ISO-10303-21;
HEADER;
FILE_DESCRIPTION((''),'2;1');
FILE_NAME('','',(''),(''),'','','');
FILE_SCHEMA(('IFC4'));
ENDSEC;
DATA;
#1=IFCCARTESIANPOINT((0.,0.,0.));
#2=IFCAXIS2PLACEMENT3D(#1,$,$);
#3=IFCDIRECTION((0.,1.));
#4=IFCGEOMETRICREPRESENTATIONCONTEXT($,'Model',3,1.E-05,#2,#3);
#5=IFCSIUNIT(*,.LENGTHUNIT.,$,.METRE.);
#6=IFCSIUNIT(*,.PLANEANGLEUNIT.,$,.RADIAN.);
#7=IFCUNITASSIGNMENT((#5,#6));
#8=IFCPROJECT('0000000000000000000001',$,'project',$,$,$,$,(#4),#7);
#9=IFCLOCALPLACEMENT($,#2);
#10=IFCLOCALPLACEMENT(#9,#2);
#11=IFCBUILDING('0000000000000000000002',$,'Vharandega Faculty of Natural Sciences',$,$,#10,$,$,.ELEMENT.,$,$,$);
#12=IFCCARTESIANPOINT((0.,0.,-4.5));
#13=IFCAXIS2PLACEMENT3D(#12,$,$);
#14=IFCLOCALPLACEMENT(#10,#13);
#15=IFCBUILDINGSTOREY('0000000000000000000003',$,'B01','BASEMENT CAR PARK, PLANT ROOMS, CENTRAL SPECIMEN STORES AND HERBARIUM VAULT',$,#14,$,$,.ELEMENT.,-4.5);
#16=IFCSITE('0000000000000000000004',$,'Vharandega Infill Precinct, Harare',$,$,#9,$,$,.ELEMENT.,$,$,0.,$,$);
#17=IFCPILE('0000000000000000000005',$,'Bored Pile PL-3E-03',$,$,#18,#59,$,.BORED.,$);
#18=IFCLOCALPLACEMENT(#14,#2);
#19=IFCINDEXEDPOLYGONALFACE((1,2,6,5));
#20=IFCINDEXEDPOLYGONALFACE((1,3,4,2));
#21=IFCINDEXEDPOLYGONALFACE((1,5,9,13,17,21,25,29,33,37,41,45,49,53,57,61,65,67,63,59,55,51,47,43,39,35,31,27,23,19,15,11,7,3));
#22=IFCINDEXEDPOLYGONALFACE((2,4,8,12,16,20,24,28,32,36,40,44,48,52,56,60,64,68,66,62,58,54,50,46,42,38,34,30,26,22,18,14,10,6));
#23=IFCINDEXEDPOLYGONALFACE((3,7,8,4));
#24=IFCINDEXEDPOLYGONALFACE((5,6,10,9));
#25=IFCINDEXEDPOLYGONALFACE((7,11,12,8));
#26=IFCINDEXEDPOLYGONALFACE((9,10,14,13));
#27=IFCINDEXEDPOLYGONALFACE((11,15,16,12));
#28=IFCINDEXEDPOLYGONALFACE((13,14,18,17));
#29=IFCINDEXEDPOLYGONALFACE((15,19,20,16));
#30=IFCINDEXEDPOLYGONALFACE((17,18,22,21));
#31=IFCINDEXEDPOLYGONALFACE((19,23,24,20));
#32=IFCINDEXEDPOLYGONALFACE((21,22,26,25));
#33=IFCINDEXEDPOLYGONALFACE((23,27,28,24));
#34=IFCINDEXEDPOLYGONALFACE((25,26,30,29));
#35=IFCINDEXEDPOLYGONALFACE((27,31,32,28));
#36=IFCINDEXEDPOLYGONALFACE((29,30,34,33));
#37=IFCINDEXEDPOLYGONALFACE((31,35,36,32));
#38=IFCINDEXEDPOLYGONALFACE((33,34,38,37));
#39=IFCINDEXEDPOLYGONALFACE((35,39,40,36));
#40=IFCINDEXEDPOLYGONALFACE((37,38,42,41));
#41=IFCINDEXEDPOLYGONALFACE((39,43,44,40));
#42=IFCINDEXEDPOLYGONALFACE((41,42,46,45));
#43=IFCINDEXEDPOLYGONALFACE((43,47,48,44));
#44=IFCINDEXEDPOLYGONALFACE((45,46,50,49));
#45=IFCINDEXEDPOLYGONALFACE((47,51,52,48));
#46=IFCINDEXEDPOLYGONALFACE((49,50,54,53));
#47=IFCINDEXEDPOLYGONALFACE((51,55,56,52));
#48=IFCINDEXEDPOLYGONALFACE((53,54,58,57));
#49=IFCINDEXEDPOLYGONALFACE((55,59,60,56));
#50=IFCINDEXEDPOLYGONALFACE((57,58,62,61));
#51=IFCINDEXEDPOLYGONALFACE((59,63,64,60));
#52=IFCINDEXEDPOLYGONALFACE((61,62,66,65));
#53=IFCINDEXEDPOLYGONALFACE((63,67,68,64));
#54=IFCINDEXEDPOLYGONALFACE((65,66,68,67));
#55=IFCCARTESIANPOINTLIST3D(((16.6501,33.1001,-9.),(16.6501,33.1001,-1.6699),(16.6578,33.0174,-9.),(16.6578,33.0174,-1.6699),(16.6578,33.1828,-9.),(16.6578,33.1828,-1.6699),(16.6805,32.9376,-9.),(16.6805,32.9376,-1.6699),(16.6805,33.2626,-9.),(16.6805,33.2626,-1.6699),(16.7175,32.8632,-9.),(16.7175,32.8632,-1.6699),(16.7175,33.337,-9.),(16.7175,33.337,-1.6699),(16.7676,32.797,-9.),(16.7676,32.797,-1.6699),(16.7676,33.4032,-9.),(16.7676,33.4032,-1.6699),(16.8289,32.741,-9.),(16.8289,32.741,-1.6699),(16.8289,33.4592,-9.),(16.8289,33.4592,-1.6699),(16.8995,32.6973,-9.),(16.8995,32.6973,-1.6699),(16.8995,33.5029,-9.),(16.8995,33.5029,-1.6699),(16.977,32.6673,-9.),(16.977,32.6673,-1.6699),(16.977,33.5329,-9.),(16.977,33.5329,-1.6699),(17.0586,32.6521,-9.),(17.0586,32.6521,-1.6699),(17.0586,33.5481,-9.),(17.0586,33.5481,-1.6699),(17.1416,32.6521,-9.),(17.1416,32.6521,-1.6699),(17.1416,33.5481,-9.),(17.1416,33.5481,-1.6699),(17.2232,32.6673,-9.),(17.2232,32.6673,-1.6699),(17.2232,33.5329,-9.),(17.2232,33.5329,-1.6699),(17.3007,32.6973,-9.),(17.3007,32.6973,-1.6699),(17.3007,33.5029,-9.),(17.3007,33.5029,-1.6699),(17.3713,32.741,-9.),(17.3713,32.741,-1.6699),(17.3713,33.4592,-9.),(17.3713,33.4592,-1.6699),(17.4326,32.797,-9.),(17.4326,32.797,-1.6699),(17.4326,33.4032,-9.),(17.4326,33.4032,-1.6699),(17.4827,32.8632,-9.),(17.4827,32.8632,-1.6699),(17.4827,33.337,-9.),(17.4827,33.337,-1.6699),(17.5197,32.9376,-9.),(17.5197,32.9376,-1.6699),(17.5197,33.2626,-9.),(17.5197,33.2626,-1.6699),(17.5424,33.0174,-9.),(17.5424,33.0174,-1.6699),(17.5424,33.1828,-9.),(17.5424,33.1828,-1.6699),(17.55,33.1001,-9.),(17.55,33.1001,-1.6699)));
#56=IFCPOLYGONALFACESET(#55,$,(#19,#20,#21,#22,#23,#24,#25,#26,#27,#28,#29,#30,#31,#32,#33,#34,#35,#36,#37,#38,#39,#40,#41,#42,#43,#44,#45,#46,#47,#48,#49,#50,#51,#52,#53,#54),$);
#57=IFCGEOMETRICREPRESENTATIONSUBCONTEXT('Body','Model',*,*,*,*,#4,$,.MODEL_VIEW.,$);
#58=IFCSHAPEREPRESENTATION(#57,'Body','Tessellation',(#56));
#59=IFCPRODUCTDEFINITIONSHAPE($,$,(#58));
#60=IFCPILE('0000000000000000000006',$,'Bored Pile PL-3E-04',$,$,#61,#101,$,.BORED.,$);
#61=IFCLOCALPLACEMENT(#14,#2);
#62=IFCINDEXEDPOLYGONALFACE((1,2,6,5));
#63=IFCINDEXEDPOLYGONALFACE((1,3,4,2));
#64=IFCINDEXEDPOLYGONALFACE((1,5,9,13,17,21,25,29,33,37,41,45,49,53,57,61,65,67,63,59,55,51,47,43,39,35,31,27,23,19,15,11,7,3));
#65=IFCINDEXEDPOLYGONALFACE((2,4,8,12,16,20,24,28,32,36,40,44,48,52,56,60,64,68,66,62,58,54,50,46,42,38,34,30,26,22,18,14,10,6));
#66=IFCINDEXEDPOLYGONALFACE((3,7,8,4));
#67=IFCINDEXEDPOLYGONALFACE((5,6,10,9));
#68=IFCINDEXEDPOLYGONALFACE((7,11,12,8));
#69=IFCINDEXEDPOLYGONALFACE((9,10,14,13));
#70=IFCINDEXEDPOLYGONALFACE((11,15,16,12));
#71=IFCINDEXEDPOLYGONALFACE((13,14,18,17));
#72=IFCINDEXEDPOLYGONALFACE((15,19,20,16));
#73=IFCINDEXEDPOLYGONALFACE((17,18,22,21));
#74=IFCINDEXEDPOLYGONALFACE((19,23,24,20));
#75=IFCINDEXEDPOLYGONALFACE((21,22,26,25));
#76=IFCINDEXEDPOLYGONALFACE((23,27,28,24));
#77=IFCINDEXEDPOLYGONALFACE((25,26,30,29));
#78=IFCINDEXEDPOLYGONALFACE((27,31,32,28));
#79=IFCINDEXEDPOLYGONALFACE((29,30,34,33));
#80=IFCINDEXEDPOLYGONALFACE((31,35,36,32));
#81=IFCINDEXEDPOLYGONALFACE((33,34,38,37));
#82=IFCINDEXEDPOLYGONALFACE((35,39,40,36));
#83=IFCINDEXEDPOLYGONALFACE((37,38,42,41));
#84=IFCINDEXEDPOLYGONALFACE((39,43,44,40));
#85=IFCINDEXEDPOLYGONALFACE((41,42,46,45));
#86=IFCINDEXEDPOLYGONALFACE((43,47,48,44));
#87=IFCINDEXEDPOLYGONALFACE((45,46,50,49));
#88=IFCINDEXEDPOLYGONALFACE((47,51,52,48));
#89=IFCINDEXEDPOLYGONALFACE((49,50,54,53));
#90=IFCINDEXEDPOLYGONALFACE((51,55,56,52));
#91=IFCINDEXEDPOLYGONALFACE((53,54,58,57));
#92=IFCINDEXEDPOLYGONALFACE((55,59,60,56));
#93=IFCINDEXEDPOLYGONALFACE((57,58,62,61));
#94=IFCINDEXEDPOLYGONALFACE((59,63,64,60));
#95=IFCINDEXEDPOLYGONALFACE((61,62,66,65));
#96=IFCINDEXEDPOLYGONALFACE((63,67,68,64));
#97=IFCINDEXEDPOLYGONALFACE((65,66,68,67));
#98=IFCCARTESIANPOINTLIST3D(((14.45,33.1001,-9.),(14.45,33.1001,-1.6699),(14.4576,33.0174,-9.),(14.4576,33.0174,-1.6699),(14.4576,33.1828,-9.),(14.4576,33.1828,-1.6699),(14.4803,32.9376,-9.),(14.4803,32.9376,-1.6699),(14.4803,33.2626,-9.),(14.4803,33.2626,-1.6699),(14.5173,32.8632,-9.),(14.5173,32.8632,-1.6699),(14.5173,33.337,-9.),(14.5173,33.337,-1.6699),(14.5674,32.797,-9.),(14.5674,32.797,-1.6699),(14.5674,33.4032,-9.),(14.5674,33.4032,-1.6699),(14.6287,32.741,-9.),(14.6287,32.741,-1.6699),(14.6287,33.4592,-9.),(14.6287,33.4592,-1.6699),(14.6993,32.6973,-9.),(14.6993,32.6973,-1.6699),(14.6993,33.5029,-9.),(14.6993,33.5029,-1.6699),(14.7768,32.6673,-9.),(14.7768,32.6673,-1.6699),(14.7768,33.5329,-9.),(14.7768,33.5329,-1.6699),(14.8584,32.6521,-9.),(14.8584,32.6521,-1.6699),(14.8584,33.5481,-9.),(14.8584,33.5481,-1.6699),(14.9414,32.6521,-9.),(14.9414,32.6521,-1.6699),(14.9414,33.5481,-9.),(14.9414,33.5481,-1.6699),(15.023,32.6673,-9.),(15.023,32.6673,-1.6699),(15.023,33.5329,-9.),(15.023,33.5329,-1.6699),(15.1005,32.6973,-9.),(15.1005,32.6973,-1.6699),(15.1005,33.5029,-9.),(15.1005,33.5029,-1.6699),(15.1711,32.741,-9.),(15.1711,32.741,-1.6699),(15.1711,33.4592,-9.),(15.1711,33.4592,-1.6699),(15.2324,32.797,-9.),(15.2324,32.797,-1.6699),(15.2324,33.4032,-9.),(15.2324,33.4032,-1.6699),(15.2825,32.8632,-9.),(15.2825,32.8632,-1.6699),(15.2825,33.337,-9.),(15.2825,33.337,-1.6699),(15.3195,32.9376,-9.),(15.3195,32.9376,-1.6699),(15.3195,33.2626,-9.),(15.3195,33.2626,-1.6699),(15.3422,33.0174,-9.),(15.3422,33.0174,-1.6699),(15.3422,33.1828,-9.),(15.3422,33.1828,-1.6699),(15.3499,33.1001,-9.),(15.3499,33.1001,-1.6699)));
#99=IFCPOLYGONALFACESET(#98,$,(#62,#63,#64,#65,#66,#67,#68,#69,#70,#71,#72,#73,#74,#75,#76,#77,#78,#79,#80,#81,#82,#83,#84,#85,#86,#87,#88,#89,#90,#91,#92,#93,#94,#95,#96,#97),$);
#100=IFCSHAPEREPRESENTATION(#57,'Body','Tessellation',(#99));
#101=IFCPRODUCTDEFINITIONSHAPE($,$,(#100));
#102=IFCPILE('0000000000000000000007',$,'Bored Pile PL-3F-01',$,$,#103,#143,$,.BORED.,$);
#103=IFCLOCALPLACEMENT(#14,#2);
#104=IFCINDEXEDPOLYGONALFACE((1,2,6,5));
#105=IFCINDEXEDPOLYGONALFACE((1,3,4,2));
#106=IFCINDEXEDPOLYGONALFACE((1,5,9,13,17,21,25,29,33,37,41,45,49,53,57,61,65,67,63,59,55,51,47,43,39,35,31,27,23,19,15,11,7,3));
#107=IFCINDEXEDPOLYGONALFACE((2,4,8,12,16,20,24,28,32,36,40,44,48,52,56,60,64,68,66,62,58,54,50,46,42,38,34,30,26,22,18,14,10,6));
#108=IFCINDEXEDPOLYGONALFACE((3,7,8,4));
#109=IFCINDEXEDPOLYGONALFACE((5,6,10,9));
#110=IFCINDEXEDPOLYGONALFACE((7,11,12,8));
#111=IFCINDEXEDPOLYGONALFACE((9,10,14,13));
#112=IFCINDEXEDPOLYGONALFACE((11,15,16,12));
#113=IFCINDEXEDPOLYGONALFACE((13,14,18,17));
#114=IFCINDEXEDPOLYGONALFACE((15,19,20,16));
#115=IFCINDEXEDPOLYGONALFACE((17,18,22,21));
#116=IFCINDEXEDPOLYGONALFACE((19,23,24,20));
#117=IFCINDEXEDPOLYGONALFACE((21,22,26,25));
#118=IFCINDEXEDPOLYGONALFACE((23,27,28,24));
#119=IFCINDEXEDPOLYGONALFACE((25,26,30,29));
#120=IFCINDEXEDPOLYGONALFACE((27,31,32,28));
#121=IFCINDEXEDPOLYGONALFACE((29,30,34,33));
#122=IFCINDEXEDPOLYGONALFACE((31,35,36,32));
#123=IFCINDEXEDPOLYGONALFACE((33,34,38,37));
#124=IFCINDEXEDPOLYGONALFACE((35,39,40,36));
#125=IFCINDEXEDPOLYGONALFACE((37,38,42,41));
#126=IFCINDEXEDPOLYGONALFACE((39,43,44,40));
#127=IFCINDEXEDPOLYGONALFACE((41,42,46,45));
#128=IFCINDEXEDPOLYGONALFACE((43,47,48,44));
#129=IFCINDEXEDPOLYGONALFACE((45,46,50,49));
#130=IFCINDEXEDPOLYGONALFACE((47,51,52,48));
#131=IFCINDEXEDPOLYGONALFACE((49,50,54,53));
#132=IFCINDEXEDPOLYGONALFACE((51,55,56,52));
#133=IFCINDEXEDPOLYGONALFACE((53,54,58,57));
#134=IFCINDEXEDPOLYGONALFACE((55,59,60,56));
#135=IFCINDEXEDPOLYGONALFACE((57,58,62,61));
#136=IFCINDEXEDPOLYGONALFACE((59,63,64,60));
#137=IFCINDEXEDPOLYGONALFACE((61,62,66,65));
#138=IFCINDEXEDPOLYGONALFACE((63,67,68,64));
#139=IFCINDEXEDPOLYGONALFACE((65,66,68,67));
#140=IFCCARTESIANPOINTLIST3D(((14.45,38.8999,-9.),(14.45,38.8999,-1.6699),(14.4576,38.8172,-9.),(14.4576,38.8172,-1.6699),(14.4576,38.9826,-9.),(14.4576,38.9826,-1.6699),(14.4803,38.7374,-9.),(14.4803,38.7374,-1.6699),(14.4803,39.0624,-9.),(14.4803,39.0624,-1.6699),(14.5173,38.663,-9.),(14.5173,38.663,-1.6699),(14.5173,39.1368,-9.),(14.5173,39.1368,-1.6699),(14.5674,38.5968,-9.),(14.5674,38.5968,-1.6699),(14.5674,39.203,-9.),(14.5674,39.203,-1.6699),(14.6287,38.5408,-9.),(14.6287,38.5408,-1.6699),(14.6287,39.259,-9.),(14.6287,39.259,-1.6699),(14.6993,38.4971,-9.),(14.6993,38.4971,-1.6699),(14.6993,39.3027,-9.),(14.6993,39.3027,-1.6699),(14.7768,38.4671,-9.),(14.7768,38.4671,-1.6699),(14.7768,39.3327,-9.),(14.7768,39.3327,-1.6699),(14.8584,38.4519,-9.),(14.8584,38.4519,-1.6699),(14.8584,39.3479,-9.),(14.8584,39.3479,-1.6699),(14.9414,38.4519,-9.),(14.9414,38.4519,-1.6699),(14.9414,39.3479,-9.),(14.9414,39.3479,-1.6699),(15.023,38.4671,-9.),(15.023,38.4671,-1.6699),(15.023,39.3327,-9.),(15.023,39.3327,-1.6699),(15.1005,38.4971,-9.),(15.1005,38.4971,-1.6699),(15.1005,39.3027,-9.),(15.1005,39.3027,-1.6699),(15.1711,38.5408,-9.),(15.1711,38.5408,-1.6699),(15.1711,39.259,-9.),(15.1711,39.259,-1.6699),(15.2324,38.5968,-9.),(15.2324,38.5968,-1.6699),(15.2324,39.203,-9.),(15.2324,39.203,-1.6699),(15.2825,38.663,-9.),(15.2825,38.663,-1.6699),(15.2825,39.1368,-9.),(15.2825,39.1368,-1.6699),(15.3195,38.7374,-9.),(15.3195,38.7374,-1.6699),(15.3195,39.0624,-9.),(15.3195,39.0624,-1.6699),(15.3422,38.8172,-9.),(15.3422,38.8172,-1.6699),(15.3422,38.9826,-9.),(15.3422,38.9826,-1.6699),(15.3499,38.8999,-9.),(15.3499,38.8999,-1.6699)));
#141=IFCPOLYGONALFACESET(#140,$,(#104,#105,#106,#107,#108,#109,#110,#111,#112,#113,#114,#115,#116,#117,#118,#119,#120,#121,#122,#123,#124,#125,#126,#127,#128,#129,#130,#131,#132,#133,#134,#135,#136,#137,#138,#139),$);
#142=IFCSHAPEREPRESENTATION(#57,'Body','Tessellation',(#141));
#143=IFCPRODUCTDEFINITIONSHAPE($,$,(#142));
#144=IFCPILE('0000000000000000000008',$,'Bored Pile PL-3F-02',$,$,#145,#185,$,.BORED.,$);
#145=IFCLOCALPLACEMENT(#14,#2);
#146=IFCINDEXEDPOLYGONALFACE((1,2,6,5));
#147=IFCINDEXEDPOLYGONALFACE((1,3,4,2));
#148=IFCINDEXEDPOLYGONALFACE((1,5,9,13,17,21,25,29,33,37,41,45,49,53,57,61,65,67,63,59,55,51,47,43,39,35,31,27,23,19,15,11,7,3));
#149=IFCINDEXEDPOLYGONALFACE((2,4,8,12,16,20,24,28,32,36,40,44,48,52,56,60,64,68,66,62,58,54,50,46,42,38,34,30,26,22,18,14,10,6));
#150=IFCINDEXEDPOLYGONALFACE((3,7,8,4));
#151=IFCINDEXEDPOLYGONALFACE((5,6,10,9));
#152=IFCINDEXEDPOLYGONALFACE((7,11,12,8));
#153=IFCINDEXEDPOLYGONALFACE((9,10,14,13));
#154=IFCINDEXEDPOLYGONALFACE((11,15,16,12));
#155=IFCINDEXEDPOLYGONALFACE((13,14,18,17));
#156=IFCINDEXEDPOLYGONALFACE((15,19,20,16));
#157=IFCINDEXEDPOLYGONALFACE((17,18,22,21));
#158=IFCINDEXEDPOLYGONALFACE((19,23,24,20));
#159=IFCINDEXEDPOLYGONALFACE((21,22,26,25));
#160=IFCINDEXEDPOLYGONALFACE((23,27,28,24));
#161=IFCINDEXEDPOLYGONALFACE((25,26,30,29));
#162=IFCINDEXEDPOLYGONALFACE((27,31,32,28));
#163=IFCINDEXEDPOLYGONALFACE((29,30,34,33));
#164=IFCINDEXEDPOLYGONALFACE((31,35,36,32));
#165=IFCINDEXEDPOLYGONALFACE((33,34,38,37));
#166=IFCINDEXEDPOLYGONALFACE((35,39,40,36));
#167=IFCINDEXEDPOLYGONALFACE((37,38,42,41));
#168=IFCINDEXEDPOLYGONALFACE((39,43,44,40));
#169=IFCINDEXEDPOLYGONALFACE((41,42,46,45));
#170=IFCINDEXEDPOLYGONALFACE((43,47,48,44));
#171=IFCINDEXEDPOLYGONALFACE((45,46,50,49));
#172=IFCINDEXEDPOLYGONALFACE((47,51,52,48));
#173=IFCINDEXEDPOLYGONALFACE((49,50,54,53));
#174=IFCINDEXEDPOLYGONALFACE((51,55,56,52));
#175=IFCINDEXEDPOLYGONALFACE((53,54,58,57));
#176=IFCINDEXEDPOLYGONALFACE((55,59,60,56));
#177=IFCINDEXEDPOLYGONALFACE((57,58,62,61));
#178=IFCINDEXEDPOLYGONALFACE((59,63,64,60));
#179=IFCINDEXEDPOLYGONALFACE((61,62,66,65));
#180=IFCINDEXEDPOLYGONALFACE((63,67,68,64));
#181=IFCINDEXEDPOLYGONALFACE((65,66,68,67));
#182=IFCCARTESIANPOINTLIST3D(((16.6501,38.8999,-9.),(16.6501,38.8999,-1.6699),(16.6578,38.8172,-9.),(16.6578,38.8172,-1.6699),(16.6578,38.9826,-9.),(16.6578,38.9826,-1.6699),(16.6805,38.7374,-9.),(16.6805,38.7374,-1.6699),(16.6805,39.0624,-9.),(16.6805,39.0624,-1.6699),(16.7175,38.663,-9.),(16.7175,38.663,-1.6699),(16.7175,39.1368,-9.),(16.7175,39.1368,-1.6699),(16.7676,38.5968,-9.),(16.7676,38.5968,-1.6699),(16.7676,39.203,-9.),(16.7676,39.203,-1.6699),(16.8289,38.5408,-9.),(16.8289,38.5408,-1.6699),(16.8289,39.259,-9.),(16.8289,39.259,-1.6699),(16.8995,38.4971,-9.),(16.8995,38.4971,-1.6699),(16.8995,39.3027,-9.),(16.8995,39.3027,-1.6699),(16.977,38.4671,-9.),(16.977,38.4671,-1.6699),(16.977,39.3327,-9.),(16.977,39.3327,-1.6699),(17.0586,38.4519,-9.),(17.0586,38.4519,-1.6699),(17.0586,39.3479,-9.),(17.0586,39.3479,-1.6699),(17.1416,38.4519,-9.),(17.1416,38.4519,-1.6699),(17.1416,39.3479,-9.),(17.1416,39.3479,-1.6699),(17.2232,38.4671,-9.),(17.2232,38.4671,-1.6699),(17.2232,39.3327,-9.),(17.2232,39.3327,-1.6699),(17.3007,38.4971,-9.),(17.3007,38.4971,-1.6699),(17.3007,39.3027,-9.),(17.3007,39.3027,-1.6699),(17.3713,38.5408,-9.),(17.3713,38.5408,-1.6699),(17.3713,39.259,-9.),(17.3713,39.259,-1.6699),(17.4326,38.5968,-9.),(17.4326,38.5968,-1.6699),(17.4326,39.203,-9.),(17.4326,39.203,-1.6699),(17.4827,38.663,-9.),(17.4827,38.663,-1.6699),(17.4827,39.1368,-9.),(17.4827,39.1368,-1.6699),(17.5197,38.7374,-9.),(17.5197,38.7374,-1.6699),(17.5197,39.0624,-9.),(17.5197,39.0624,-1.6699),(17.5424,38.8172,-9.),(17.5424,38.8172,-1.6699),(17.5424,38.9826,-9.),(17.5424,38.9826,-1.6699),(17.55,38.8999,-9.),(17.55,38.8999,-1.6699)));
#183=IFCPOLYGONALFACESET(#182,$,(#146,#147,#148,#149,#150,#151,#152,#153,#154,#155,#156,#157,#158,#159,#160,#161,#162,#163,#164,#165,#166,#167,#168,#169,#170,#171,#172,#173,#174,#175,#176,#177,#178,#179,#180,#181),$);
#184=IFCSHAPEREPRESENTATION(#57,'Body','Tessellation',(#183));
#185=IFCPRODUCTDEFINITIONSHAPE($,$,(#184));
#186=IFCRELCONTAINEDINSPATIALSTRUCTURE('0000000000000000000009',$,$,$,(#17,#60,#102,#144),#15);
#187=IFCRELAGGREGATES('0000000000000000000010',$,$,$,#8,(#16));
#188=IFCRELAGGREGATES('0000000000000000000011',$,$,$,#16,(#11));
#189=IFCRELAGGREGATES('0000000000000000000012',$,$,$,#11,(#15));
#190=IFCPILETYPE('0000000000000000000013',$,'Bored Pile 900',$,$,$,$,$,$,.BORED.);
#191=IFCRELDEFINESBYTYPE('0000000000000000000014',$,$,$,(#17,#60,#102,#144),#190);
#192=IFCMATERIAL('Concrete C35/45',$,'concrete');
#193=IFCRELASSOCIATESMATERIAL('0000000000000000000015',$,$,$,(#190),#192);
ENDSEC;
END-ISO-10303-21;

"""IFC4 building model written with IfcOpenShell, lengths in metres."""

from ifc_helpers import new_model, si_unit, direction, frame, origin, origin_2d, place, context, subcontext, project, spatial, circle, extrude, material, material_profile, profile_set, type_object, element, save


model = new_model("IFC4")

# Units and contexts
model_context = context("Model", 3, precision=1e-05, world=origin(), true_north=direction((0.0, 1.0)))
body_context = subcontext(model_context, "Body", "Model", "MODEL_VIEW")
ifc_project = project(units=[si_unit("LENGTHUNIT", "METRE"), si_unit("PLANEANGLEUNIT", "RADIAN")], contexts=[model_context])

# Site, building, storey
site_placement = place(None, origin())
site = spatial("IfcSite", under=ifc_project, at=site_placement, Name="Vharandega Infill Precinct, Harare", CompositionType="ELEMENT", RefElevation=0.0)
building_placement = place(site_placement, origin())
building = spatial("IfcBuilding", under=site, at=building_placement, Name="Vharandega Faculty of Natural Sciences", CompositionType="ELEMENT")
storey_placement = place(building_placement, frame((0.0, 0.0, -4.5)))
storey = spatial("IfcBuildingStorey", under=building, at=storey_placement, Name="B01", Description="BASEMENT CAR PARK, PLANT ROOMS, CENTRAL SPECIMEN STORES AND HERBARIUM VAULT", CompositionType="ELEMENT", Elevation=-4.5)

# Piles
ifc_material_1 = material(Name="Concrete C35/45", Category="concrete")
ifc_material_profile_1 = material_profile(ifc_material_1, circle(Radius=0.45, at=origin_2d()), Name="PILE 900")
ifc_profile_set_1 = profile_set([ifc_material_profile_1], Name="Concrete C35/45")
pile_type = type_object("IfcPileType", Name="Bored Pile 900", PredefinedType="BORED", material=ifc_profile_set_1)
for number, where, z_axis, x_axis, name in (
    (1, (17.1001, 33.1001, -1.6699), (0.0, 0.0, -1.0), (1.0, 0.0, 0.0), "Bored Pile PL-3E-03"),
    (2, (14.8999, 33.1001, -1.6699), (0.0, 0.0, -1.0), (1.0, 0.0, 0.0), "Bored Pile PL-3E-04"),
    (3, (14.8999, 38.8999, -1.6699), (0.0, 0.0, -1.0), (1.0, 0.0, 0.0), "Bored Pile PL-3F-01"),
    (4, (17.1001, 38.8999, -1.6699), (0.0, 0.0, -1.0), (1.0, 0.0, 0.0), "Bored Pile PL-3F-02"),
):
    element("IfcPile", number, at=place(storey_placement, frame(where, z_axis=z_axis, x_axis=x_axis)), inside=storey, type_object=pile_type, Name=name, PredefinedType="BORED", context=body_context, shape_type="SweptSolid", body=[
        extrude(circle(Radius=0.45, at=origin_2d()), origin(), (0.0, 0.0, 1.0), 7.3301),
    ])

save(model, "model.ifc")
